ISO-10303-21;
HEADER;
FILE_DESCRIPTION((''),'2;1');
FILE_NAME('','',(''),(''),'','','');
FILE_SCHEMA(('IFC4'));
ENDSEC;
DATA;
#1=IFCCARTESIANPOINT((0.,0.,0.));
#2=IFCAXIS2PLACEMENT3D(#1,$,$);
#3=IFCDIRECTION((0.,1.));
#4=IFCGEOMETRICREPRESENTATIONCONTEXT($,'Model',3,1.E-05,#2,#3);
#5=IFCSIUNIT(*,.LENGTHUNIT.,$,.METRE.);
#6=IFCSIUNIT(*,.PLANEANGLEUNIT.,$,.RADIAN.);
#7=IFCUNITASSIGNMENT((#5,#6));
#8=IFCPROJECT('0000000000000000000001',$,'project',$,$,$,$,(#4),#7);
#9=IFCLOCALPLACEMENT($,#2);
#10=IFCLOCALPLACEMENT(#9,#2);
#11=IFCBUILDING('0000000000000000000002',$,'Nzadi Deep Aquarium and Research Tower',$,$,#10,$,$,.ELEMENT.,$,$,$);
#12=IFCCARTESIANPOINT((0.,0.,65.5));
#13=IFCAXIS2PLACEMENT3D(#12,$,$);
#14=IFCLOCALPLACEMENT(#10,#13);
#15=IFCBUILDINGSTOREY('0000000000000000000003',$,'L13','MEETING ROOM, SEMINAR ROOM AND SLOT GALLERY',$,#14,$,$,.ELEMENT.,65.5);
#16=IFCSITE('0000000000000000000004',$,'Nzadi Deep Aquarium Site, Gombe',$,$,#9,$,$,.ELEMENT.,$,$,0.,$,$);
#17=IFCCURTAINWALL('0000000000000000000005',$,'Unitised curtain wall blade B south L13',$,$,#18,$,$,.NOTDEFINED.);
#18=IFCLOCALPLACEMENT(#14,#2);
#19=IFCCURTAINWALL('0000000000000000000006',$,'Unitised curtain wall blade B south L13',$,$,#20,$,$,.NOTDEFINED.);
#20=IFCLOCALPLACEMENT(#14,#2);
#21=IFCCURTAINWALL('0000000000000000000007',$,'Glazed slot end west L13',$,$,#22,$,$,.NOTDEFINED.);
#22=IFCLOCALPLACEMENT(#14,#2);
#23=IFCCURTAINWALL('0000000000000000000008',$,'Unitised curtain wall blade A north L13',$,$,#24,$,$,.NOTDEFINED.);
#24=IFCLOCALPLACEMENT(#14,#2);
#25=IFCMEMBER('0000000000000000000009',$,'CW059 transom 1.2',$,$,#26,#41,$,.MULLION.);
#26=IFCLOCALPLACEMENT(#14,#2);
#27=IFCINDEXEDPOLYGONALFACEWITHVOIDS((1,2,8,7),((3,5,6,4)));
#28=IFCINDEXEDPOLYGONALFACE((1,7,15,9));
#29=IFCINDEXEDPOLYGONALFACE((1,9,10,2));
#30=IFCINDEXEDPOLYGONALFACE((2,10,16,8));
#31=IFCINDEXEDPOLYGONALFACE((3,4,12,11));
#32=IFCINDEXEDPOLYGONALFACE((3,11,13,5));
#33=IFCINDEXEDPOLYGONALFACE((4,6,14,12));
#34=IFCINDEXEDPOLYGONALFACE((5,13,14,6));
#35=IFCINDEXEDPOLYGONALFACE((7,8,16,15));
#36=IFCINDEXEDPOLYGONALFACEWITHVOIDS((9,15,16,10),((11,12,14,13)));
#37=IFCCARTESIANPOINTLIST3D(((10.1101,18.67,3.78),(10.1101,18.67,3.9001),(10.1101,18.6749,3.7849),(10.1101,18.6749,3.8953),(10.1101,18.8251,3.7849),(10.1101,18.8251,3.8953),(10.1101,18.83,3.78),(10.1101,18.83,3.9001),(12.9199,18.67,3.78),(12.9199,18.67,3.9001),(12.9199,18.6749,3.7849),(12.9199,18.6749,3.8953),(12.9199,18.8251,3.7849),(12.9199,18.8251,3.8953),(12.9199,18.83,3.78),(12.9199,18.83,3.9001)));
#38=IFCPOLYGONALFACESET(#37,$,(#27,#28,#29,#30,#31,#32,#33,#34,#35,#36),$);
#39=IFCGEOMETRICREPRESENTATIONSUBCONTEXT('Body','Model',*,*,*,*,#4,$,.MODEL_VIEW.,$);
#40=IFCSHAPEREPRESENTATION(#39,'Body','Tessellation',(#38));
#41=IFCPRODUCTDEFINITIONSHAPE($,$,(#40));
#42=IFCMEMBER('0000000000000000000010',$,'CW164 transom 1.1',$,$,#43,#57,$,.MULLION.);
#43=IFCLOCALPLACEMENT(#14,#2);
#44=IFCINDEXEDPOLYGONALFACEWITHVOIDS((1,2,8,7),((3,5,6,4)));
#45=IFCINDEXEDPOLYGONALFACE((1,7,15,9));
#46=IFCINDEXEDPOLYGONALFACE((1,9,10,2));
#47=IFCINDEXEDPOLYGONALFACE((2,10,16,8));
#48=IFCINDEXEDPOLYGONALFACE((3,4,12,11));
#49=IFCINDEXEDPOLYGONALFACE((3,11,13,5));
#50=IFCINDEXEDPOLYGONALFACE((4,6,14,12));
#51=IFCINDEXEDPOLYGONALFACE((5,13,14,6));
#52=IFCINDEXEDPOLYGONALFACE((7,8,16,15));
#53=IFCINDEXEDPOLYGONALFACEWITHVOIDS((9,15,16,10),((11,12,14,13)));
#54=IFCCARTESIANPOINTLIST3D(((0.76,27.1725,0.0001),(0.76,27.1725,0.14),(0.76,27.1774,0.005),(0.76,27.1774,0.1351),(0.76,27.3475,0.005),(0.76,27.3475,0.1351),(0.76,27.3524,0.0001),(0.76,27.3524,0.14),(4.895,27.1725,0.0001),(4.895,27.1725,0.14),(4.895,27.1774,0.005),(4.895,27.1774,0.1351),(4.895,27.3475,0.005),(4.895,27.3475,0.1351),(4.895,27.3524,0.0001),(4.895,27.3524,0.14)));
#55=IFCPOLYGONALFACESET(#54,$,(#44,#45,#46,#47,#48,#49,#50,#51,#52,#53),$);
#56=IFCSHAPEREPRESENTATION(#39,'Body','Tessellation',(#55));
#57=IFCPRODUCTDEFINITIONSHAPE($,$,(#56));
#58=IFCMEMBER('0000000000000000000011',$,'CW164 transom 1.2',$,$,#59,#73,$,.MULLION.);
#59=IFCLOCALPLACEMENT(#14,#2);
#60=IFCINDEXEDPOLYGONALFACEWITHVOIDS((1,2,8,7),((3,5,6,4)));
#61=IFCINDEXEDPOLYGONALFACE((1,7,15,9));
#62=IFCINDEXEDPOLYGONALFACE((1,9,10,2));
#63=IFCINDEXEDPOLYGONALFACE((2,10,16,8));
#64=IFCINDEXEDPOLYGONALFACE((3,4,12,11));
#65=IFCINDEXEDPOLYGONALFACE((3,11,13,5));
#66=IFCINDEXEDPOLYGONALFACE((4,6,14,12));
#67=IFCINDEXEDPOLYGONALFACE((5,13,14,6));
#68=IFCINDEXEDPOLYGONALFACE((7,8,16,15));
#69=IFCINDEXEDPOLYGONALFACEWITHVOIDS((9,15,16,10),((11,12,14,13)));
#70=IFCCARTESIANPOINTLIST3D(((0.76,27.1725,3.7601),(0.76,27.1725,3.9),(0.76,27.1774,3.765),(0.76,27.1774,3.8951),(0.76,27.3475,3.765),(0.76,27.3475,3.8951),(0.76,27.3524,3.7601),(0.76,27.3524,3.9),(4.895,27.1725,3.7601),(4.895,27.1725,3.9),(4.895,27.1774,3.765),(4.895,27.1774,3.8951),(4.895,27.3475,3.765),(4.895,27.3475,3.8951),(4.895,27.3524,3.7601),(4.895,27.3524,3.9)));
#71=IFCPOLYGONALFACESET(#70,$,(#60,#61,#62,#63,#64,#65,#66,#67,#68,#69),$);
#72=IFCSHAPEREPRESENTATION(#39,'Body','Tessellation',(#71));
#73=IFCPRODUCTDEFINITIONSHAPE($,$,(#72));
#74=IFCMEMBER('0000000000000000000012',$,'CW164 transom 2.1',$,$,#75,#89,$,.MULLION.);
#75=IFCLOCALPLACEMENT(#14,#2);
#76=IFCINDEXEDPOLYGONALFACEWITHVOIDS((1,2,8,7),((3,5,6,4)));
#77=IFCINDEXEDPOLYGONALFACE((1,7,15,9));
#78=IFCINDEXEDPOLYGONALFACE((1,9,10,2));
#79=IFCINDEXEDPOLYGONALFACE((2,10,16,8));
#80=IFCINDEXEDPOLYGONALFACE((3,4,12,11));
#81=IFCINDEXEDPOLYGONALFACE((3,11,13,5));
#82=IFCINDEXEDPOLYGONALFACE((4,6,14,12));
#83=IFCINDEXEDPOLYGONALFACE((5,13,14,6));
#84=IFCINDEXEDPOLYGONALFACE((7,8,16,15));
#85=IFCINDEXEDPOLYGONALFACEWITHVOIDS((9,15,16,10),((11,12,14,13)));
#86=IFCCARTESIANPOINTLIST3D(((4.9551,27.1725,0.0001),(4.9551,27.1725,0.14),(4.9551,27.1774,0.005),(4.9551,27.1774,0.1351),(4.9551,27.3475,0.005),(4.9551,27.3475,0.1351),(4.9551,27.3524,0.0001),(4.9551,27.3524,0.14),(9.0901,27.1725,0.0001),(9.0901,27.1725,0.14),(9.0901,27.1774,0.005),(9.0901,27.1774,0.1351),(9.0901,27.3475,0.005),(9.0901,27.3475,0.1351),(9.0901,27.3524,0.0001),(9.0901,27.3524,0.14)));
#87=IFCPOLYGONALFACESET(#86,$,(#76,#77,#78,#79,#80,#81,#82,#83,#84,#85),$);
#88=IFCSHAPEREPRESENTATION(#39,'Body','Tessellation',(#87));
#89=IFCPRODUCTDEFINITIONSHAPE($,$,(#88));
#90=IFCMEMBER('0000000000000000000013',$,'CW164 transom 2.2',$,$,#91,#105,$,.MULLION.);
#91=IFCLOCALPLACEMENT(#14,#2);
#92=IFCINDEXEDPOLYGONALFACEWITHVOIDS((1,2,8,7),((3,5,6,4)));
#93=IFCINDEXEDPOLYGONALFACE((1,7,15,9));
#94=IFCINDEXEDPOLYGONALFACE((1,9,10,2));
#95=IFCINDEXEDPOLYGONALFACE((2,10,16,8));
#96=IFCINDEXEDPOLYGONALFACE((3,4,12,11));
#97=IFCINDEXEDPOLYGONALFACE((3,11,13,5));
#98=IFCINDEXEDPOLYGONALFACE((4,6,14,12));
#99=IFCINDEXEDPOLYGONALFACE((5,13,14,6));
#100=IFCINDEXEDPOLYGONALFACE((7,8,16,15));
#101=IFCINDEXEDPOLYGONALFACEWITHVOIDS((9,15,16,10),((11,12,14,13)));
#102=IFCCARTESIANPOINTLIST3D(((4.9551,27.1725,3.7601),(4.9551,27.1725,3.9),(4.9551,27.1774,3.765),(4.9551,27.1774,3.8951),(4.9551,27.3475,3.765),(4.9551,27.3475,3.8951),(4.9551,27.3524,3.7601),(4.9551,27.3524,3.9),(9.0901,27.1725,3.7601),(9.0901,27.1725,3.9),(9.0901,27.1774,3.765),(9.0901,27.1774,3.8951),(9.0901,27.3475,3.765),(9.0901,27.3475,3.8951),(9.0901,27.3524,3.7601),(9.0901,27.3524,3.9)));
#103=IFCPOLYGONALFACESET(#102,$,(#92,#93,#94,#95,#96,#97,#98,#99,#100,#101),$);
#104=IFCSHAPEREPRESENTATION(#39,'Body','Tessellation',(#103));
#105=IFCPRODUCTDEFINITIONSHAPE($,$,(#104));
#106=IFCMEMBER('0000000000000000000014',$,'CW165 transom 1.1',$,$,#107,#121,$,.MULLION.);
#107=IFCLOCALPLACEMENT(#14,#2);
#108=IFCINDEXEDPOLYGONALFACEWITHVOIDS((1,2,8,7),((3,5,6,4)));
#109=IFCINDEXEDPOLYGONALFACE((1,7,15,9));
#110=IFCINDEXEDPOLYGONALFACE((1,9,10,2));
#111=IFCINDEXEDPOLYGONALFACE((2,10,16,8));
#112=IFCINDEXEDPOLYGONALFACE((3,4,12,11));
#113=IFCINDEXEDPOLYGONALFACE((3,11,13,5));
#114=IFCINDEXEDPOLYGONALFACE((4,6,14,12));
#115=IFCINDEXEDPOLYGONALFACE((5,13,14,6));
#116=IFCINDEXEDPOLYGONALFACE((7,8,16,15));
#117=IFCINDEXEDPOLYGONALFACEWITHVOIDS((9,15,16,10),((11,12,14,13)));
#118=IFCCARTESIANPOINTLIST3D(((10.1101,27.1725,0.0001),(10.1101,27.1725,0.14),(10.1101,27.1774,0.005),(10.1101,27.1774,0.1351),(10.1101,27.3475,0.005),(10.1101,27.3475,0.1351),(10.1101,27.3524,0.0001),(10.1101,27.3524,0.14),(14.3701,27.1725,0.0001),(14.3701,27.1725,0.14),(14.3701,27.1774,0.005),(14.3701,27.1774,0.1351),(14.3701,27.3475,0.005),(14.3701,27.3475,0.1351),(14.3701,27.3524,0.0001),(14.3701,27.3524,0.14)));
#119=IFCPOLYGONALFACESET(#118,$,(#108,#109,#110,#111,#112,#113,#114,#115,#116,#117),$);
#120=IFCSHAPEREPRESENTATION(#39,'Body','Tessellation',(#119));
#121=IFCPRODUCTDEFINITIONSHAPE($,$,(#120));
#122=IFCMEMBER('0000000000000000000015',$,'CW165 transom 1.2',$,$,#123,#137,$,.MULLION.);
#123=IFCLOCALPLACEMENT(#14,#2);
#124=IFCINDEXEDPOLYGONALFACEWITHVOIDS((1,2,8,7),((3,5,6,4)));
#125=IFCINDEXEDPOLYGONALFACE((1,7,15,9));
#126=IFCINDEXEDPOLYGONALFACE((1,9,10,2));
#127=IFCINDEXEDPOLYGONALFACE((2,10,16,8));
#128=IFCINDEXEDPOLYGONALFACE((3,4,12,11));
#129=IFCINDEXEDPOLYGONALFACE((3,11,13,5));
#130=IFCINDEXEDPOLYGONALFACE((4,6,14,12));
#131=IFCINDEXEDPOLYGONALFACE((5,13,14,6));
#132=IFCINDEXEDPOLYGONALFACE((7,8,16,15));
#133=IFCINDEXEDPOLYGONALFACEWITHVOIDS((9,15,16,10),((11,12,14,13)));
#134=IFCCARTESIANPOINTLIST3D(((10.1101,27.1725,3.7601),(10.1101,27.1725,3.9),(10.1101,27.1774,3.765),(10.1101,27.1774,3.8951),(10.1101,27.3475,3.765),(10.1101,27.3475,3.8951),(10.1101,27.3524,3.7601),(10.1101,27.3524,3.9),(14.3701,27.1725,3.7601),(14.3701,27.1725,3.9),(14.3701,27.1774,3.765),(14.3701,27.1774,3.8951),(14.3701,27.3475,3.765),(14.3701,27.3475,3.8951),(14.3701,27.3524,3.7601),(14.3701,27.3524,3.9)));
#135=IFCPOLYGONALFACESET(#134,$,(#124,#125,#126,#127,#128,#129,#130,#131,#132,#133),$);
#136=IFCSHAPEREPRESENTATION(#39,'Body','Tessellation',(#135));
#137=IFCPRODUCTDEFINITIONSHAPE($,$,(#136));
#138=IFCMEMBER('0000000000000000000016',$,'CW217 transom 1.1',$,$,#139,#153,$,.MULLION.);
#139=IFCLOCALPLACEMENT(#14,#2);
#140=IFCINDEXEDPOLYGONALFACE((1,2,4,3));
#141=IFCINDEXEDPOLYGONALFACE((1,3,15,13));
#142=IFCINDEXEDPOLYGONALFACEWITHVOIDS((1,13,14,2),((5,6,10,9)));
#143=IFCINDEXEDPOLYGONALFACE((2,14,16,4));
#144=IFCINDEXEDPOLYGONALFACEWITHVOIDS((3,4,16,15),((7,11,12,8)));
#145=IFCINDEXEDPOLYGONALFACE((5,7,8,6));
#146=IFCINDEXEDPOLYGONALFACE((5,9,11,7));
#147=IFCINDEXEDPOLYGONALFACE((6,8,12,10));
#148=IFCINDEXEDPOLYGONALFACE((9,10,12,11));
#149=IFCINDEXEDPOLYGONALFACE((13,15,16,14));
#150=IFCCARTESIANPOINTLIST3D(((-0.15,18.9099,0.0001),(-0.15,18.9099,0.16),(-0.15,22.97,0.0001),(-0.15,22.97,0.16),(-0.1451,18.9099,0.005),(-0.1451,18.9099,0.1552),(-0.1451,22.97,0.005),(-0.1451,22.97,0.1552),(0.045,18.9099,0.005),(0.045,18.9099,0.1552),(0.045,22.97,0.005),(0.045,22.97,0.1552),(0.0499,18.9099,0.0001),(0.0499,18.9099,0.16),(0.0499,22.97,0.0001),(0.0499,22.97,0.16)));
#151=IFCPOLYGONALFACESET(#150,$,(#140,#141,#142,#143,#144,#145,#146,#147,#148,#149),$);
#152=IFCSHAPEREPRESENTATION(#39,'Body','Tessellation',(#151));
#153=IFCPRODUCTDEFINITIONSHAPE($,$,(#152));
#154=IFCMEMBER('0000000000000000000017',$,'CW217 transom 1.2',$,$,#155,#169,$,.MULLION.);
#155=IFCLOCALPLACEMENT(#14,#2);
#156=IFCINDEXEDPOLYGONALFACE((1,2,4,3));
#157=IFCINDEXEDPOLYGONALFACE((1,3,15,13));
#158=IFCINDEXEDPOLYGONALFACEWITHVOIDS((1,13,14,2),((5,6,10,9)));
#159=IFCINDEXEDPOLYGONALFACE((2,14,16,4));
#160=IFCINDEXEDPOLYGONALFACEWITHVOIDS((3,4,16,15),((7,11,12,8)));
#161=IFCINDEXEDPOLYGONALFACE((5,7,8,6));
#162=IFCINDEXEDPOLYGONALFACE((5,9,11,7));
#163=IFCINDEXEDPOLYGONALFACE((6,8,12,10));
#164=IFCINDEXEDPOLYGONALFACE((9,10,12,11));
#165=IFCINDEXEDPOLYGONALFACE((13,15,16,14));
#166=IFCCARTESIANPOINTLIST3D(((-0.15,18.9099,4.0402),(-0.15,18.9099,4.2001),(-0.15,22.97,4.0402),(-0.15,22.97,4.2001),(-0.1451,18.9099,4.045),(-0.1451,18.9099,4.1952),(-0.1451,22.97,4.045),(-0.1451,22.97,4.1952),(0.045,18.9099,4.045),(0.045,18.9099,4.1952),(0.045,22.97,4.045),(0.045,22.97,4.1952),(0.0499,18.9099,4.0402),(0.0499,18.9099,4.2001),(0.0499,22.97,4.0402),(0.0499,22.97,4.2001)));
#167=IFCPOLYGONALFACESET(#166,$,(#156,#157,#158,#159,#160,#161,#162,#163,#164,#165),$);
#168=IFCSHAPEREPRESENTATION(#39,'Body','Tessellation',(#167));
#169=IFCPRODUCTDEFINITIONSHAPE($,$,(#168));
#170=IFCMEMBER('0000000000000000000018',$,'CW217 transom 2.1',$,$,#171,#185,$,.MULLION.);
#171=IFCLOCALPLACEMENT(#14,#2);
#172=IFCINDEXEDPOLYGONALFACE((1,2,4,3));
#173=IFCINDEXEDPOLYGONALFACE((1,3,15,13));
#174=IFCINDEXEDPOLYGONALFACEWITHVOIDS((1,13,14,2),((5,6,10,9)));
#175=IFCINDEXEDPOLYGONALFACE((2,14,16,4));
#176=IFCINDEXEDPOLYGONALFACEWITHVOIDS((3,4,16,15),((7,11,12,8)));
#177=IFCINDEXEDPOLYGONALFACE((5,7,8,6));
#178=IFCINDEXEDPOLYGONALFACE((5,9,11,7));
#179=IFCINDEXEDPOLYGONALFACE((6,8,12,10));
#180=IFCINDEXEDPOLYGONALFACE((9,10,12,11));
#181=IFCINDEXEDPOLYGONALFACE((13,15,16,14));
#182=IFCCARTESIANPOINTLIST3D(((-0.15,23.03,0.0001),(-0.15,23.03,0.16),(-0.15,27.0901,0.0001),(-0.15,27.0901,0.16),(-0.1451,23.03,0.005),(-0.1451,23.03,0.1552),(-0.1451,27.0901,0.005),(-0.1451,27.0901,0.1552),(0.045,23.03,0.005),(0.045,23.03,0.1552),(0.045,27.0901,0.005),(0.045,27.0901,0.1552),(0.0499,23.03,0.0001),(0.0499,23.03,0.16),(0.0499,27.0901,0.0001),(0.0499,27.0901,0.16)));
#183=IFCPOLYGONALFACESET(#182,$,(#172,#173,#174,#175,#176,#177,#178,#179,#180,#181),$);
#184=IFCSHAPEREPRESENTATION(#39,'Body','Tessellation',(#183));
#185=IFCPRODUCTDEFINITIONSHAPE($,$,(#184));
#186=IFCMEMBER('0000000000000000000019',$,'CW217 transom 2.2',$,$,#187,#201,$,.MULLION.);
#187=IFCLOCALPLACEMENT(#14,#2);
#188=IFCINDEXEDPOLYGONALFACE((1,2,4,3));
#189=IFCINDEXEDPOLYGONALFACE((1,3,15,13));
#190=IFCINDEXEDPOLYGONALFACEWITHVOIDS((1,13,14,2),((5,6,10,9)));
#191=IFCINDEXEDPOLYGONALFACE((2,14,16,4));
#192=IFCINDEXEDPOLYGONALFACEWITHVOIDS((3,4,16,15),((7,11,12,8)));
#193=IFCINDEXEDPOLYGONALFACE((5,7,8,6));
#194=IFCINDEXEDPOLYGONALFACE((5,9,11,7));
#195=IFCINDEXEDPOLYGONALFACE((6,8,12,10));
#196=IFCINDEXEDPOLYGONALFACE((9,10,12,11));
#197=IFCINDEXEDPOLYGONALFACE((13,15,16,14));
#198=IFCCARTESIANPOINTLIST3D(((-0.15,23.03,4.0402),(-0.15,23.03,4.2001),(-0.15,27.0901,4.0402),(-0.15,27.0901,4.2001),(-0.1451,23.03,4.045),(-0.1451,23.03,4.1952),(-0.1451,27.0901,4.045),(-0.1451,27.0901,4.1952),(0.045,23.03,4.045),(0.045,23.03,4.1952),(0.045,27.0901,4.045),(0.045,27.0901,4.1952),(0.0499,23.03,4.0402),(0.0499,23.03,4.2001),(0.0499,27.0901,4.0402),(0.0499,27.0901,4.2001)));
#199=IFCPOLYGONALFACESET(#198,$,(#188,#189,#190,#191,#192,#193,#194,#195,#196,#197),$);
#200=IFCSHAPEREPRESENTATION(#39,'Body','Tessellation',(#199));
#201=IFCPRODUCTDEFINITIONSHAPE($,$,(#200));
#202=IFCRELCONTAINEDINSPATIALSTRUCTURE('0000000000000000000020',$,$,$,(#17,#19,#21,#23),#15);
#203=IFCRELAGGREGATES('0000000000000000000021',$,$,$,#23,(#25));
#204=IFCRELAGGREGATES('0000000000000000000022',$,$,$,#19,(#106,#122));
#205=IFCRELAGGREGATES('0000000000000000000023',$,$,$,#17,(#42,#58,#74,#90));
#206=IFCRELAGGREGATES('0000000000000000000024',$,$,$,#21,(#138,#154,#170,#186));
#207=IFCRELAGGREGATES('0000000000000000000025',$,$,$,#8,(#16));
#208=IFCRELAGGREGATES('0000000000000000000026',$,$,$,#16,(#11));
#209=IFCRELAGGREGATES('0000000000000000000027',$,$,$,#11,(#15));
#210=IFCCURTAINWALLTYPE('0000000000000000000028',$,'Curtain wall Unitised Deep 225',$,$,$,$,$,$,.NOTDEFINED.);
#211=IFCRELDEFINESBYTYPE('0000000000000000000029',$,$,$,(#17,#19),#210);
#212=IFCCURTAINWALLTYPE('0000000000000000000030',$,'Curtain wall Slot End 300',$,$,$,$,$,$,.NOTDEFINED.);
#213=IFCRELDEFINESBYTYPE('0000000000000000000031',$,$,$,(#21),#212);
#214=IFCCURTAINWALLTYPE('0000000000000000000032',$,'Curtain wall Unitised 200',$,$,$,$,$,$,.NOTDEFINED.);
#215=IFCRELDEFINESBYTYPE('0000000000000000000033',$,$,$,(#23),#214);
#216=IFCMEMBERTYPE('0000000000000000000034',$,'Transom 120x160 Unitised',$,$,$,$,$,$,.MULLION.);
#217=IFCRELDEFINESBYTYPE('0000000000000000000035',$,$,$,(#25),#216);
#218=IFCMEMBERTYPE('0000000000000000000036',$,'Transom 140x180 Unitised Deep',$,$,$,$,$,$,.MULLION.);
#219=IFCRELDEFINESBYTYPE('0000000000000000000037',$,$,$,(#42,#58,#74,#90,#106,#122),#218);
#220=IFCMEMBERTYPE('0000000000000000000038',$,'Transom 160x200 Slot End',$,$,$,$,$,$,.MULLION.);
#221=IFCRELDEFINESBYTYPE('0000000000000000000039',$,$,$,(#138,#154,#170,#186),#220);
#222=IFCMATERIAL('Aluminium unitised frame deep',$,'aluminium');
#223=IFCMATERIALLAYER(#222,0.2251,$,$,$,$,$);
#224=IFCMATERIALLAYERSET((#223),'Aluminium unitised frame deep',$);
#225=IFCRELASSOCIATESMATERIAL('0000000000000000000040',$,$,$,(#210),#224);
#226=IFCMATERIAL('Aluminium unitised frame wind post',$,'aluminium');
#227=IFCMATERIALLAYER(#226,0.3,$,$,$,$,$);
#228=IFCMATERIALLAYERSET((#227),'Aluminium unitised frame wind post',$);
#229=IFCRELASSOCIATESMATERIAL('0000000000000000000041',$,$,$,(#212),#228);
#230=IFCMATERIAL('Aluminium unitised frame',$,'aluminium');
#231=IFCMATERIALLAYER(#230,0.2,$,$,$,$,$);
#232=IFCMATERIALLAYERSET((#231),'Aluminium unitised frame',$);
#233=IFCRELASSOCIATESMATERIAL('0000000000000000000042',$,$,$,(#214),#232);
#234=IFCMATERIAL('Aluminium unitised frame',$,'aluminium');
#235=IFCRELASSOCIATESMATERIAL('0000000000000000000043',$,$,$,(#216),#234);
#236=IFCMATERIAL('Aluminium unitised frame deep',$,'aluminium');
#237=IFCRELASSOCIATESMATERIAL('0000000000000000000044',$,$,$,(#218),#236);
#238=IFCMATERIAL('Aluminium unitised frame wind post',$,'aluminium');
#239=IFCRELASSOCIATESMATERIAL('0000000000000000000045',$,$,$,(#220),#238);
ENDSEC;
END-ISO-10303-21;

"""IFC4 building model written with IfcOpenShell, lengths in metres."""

from ifc_helpers import new_model, si_unit, direction, frame, origin, origin_2d, place, context, subcontext, project, spatial, hollow_rectangle, extrude, material, layer, layer_set, material_profile, profile_set, type_object, element, aggregate, save


model = new_model("IFC4")

# Units and contexts
model_context = context("Model", 3, precision=1e-05, world=origin(), true_north=direction((0.0, 1.0)))
body_context = subcontext(model_context, "Body", "Model", "MODEL_VIEW")
ifc_project = project(units=[si_unit("LENGTHUNIT", "METRE"), si_unit("PLANEANGLEUNIT", "RADIAN")], contexts=[model_context])

# Site, building, storey
site_placement = place(None, origin())
site = spatial("IfcSite", under=ifc_project, at=site_placement, Name="Nzadi Deep Aquarium Site, Gombe", CompositionType="ELEMENT", RefElevation=0.0)
building_placement = place(site_placement, origin())
building = spatial("IfcBuilding", under=site, at=building_placement, Name="Nzadi Deep Aquarium and Research Tower", CompositionType="ELEMENT")
storey_placement = place(building_placement, frame((0.0, 0.0, 65.5)))
storey = spatial("IfcBuildingStorey", under=building, at=storey_placement, Name="L13", Description="MEETING ROOM, SEMINAR ROOM AND SLOT GALLERY", CompositionType="ELEMENT", Elevation=65.5)

# Curtain wall
ifc_material_1 = material(Name="Aluminium unitised frame deep", Category="aluminium")
ifc_layer_1 = layer(ifc_material_1, 0.2251)
ifc_layer_set_1 = layer_set([ifc_layer_1], Name="Aluminium unitised frame deep")
curtain_wall_type_1 = type_object("IfcCurtainWallType", Name="Curtain wall Unitised Deep 225", PredefinedType="NOTDEFINED", material=ifc_layer_set_1)
curtain_wall_1_placement = place(storey_placement, origin())
curtain_wall_1 = element("IfcCurtainWall", 1, at=curtain_wall_1_placement, inside=storey, type_object=curtain_wall_type_1, Name="Unitised curtain wall blade B south L13", PredefinedType="NOTDEFINED")

# Curtain wall
curtain_wall_2_placement = place(storey_placement, origin())
curtain_wall_2 = element("IfcCurtainWall", 2, at=curtain_wall_2_placement, inside=storey, type_object=curtain_wall_type_1, Name="Unitised curtain wall blade B south L13", PredefinedType="NOTDEFINED")

# Curtain wall
ifc_material_2 = material(Name="Aluminium unitised frame wind post", Category="aluminium")
ifc_layer_2 = layer(ifc_material_2, 0.3)
ifc_layer_set_2 = layer_set([ifc_layer_2], Name="Aluminium unitised frame wind post")
curtain_wall_type_2 = type_object("IfcCurtainWallType", Name="Curtain wall Slot End 300", PredefinedType="NOTDEFINED", material=ifc_layer_set_2)
curtain_wall_3_placement = place(storey_placement, origin())
curtain_wall_3 = element("IfcCurtainWall", 3, at=curtain_wall_3_placement, inside=storey, type_object=curtain_wall_type_2, Name="Glazed slot end west L13", PredefinedType="NOTDEFINED")

# Curtain wall, member
ifc_material_3 = material(Name="Aluminium unitised frame", Category="aluminium")
ifc_layer_3 = layer(ifc_material_3, 0.2)
ifc_layer_set_3 = layer_set([ifc_layer_3], Name="Aluminium unitised frame")
curtain_wall_type_3 = type_object("IfcCurtainWallType", Name="Curtain wall Unitised 200", PredefinedType="NOTDEFINED", material=ifc_layer_set_3)
curtain_wall_4_placement = place(storey_placement, origin())
curtain_wall_4 = element("IfcCurtainWall", 4, at=curtain_wall_4_placement, inside=storey, type_object=curtain_wall_type_3, Name="Unitised curtain wall blade A north L13", PredefinedType="NOTDEFINED")
ifc_material_4 = material(Name="Aluminium unitised frame", Category="aluminium")
ifc_material_profile_1 = material_profile(ifc_material_4, hollow_rectangle(XDim=0.1599, YDim=0.1201, WallThickness=0.0049, at=origin_2d()))
ifc_profile_set_1 = profile_set([ifc_material_profile_1], Name="Aluminium unitised frame")
member_type_1 = type_object("IfcMemberType", Name="Transom 120x160 Unitised", PredefinedType="MULLION", material=ifc_profile_set_1)
member_1_placement = place(storey_placement, frame((10.1101, 18.75, 3.8401), z_axis=(1.0, 0.0, 0.0), x_axis=(0.0, 1.0, 0.0)))
member_1 = element("IfcMember", 5, at=member_1_placement, type_object=member_type_1, Name="CW059 transom 1.2", PredefinedType="MULLION", context=body_context, shape_type="SweptSolid", body=[
    extrude(hollow_rectangle(XDim=0.1599, YDim=0.1201, WallThickness=0.0049, at=origin_2d()), origin(), (0.0, 0.0, 1.0), 2.8098),
])
aggregate(curtain_wall_4, [member_1])

# Members
ifc_material_5 = material(Name="Aluminium unitised frame deep", Category="aluminium")
ifc_material_profile_2 = material_profile(ifc_material_5, hollow_rectangle(XDim=0.1799, YDim=0.1399, WallThickness=0.0049, at=origin_2d()))
ifc_profile_set_2 = profile_set([ifc_material_profile_2], Name="Aluminium unitised frame deep")
member_type_2 = type_object("IfcMemberType", Name="Transom 140x180 Unitised Deep", PredefinedType="MULLION", material=ifc_profile_set_2)
member_2_placement = place(storey_placement, frame((0.76, 27.2625, 0.0701), z_axis=(1.0, 0.0, 0.0), x_axis=(0.0, 1.0, 0.0)))
member_2 = element("IfcMember", 6, at=member_2_placement, type_object=member_type_2, Name="CW164 transom 1.1", PredefinedType="MULLION", context=body_context, shape_type="SweptSolid", body=[
    extrude(hollow_rectangle(XDim=0.1799, YDim=0.1399, WallThickness=0.0049, at=origin_2d()), origin(), (0.0, 0.0, 1.0), 4.135),
])
member_3_placement = place(storey_placement, frame((0.76, 27.2625, 3.8301), z_axis=(1.0, 0.0, 0.0), x_axis=(0.0, 1.0, 0.0)))
member_3 = element("IfcMember", 7, at=member_3_placement, type_object=member_type_2, Name="CW164 transom 1.2", PredefinedType="MULLION", context=body_context, shape_type="SweptSolid", body=[
    extrude(hollow_rectangle(XDim=0.1799, YDim=0.1399, WallThickness=0.0049, at=origin_2d()), origin(), (0.0, 0.0, 1.0), 4.135),
])
member_4_placement = place(storey_placement, frame((4.9551, 27.2625, 0.0701), z_axis=(1.0, 0.0, 0.0), x_axis=(0.0, 1.0, 0.0)))
member_4 = element("IfcMember", 8, at=member_4_placement, type_object=member_type_2, Name="CW164 transom 2.1", PredefinedType="MULLION", context=body_context, shape_type="SweptSolid", body=[
    extrude(hollow_rectangle(XDim=0.1799, YDim=0.1399, WallThickness=0.0049, at=origin_2d()), origin(), (0.0, 0.0, 1.0), 4.135),
])
member_5_placement = place(storey_placement, frame((4.9551, 27.2625, 3.8301), z_axis=(1.0, 0.0, 0.0), x_axis=(0.0, 1.0, 0.0)))
member_5 = element("IfcMember", 9, at=member_5_placement, type_object=member_type_2, Name="CW164 transom 2.2", PredefinedType="MULLION", context=body_context, shape_type="SweptSolid", body=[
    extrude(hollow_rectangle(XDim=0.1799, YDim=0.1399, WallThickness=0.0049, at=origin_2d()), origin(), (0.0, 0.0, 1.0), 4.135),
])
member_6_placement = place(storey_placement, frame((10.1101, 27.2625, 0.0701), z_axis=(1.0, 0.0, 0.0), x_axis=(0.0, 1.0, 0.0)))
member_6 = element("IfcMember", 10, at=member_6_placement, type_object=member_type_2, Name="CW165 transom 1.1", PredefinedType="MULLION", context=body_context, shape_type="SweptSolid", body=[
    extrude(hollow_rectangle(XDim=0.1799, YDim=0.1399, WallThickness=0.0049, at=origin_2d()), origin(), (0.0, 0.0, 1.0), 4.26),
])
member_7_placement = place(storey_placement, frame((10.1101, 27.2625, 3.8301), z_axis=(1.0, 0.0, 0.0), x_axis=(0.0, 1.0, 0.0)))
member_7 = element("IfcMember", 11, at=member_7_placement, type_object=member_type_2, Name="CW165 transom 1.2", PredefinedType="MULLION", context=body_context, shape_type="SweptSolid", body=[
    extrude(hollow_rectangle(XDim=0.1799, YDim=0.1399, WallThickness=0.0049, at=origin_2d()), origin(), (0.0, 0.0, 1.0), 4.26),
])
aggregate(curtain_wall_2, [member_6, member_7])
ifc_material_6 = material(Name="Aluminium unitised frame wind post", Category="aluminium")
ifc_material_profile_3 = material_profile(ifc_material_6, hollow_rectangle(XDim=0.2, YDim=0.1599, WallThickness=0.0049, at=origin_2d()))
ifc_profile_set_3 = profile_set([ifc_material_profile_3], Name="Aluminium unitised frame wind post")
member_type_3 = type_object("IfcMemberType", Name="Transom 160x200 Slot End", PredefinedType="MULLION", material=ifc_profile_set_3)
member_8_placement = place(storey_placement, frame((-0.05, 18.9099, 0.0801), z_axis=(0.0, 1.0, 0.0), x_axis=(-1.0, 0.0, 0.0)))
member_8 = element("IfcMember", 12, at=member_8_placement, type_object=member_type_3, Name="CW217 transom 1.1", PredefinedType="MULLION", context=body_context, shape_type="SweptSolid", body=[
    extrude(hollow_rectangle(XDim=0.2, YDim=0.1599, WallThickness=0.0049, at=origin_2d()), origin(), (0.0, 0.0, 1.0), 4.0601),
])
member_9_placement = place(storey_placement, frame((-0.05, 18.9099, 4.1201), z_axis=(0.0, 1.0, 0.0), x_axis=(-1.0, 0.0, 0.0)))
member_9 = element("IfcMember", 13, at=member_9_placement, type_object=member_type_3, Name="CW217 transom 1.2", PredefinedType="MULLION", context=body_context, shape_type="SweptSolid", body=[
    extrude(hollow_rectangle(XDim=0.2, YDim=0.1599, WallThickness=0.0049, at=origin_2d()), origin(), (0.0, 0.0, 1.0), 4.0601),
])
member_10_placement = place(storey_placement, frame((-0.05, 23.03, 0.0801), z_axis=(0.0, 1.0, 0.0), x_axis=(-1.0, 0.0, 0.0)))
member_10 = element("IfcMember", 14, at=member_10_placement, type_object=member_type_3, Name="CW217 transom 2.1", PredefinedType="MULLION", context=body_context, shape_type="SweptSolid", body=[
    extrude(hollow_rectangle(XDim=0.2, YDim=0.1599, WallThickness=0.0049, at=origin_2d()), origin(), (0.0, 0.0, 1.0), 4.0601),
])
member_11_placement = place(storey_placement, frame((-0.05, 23.03, 4.1201), z_axis=(0.0, 1.0, 0.0), x_axis=(-1.0, 0.0, 0.0)))
member_11 = element("IfcMember", 15, at=member_11_placement, type_object=member_type_3, Name="CW217 transom 2.2", PredefinedType="MULLION", context=body_context, shape_type="SweptSolid", body=[
    extrude(hollow_rectangle(XDim=0.2, YDim=0.1599, WallThickness=0.0049, at=origin_2d()), origin(), (0.0, 0.0, 1.0), 4.0601),
])

aggregate(curtain_wall_1, [member_2, member_3, member_4, member_5])
aggregate(curtain_wall_3, [member_8, member_9, member_10, member_11])

save(model, "model.ifc")
